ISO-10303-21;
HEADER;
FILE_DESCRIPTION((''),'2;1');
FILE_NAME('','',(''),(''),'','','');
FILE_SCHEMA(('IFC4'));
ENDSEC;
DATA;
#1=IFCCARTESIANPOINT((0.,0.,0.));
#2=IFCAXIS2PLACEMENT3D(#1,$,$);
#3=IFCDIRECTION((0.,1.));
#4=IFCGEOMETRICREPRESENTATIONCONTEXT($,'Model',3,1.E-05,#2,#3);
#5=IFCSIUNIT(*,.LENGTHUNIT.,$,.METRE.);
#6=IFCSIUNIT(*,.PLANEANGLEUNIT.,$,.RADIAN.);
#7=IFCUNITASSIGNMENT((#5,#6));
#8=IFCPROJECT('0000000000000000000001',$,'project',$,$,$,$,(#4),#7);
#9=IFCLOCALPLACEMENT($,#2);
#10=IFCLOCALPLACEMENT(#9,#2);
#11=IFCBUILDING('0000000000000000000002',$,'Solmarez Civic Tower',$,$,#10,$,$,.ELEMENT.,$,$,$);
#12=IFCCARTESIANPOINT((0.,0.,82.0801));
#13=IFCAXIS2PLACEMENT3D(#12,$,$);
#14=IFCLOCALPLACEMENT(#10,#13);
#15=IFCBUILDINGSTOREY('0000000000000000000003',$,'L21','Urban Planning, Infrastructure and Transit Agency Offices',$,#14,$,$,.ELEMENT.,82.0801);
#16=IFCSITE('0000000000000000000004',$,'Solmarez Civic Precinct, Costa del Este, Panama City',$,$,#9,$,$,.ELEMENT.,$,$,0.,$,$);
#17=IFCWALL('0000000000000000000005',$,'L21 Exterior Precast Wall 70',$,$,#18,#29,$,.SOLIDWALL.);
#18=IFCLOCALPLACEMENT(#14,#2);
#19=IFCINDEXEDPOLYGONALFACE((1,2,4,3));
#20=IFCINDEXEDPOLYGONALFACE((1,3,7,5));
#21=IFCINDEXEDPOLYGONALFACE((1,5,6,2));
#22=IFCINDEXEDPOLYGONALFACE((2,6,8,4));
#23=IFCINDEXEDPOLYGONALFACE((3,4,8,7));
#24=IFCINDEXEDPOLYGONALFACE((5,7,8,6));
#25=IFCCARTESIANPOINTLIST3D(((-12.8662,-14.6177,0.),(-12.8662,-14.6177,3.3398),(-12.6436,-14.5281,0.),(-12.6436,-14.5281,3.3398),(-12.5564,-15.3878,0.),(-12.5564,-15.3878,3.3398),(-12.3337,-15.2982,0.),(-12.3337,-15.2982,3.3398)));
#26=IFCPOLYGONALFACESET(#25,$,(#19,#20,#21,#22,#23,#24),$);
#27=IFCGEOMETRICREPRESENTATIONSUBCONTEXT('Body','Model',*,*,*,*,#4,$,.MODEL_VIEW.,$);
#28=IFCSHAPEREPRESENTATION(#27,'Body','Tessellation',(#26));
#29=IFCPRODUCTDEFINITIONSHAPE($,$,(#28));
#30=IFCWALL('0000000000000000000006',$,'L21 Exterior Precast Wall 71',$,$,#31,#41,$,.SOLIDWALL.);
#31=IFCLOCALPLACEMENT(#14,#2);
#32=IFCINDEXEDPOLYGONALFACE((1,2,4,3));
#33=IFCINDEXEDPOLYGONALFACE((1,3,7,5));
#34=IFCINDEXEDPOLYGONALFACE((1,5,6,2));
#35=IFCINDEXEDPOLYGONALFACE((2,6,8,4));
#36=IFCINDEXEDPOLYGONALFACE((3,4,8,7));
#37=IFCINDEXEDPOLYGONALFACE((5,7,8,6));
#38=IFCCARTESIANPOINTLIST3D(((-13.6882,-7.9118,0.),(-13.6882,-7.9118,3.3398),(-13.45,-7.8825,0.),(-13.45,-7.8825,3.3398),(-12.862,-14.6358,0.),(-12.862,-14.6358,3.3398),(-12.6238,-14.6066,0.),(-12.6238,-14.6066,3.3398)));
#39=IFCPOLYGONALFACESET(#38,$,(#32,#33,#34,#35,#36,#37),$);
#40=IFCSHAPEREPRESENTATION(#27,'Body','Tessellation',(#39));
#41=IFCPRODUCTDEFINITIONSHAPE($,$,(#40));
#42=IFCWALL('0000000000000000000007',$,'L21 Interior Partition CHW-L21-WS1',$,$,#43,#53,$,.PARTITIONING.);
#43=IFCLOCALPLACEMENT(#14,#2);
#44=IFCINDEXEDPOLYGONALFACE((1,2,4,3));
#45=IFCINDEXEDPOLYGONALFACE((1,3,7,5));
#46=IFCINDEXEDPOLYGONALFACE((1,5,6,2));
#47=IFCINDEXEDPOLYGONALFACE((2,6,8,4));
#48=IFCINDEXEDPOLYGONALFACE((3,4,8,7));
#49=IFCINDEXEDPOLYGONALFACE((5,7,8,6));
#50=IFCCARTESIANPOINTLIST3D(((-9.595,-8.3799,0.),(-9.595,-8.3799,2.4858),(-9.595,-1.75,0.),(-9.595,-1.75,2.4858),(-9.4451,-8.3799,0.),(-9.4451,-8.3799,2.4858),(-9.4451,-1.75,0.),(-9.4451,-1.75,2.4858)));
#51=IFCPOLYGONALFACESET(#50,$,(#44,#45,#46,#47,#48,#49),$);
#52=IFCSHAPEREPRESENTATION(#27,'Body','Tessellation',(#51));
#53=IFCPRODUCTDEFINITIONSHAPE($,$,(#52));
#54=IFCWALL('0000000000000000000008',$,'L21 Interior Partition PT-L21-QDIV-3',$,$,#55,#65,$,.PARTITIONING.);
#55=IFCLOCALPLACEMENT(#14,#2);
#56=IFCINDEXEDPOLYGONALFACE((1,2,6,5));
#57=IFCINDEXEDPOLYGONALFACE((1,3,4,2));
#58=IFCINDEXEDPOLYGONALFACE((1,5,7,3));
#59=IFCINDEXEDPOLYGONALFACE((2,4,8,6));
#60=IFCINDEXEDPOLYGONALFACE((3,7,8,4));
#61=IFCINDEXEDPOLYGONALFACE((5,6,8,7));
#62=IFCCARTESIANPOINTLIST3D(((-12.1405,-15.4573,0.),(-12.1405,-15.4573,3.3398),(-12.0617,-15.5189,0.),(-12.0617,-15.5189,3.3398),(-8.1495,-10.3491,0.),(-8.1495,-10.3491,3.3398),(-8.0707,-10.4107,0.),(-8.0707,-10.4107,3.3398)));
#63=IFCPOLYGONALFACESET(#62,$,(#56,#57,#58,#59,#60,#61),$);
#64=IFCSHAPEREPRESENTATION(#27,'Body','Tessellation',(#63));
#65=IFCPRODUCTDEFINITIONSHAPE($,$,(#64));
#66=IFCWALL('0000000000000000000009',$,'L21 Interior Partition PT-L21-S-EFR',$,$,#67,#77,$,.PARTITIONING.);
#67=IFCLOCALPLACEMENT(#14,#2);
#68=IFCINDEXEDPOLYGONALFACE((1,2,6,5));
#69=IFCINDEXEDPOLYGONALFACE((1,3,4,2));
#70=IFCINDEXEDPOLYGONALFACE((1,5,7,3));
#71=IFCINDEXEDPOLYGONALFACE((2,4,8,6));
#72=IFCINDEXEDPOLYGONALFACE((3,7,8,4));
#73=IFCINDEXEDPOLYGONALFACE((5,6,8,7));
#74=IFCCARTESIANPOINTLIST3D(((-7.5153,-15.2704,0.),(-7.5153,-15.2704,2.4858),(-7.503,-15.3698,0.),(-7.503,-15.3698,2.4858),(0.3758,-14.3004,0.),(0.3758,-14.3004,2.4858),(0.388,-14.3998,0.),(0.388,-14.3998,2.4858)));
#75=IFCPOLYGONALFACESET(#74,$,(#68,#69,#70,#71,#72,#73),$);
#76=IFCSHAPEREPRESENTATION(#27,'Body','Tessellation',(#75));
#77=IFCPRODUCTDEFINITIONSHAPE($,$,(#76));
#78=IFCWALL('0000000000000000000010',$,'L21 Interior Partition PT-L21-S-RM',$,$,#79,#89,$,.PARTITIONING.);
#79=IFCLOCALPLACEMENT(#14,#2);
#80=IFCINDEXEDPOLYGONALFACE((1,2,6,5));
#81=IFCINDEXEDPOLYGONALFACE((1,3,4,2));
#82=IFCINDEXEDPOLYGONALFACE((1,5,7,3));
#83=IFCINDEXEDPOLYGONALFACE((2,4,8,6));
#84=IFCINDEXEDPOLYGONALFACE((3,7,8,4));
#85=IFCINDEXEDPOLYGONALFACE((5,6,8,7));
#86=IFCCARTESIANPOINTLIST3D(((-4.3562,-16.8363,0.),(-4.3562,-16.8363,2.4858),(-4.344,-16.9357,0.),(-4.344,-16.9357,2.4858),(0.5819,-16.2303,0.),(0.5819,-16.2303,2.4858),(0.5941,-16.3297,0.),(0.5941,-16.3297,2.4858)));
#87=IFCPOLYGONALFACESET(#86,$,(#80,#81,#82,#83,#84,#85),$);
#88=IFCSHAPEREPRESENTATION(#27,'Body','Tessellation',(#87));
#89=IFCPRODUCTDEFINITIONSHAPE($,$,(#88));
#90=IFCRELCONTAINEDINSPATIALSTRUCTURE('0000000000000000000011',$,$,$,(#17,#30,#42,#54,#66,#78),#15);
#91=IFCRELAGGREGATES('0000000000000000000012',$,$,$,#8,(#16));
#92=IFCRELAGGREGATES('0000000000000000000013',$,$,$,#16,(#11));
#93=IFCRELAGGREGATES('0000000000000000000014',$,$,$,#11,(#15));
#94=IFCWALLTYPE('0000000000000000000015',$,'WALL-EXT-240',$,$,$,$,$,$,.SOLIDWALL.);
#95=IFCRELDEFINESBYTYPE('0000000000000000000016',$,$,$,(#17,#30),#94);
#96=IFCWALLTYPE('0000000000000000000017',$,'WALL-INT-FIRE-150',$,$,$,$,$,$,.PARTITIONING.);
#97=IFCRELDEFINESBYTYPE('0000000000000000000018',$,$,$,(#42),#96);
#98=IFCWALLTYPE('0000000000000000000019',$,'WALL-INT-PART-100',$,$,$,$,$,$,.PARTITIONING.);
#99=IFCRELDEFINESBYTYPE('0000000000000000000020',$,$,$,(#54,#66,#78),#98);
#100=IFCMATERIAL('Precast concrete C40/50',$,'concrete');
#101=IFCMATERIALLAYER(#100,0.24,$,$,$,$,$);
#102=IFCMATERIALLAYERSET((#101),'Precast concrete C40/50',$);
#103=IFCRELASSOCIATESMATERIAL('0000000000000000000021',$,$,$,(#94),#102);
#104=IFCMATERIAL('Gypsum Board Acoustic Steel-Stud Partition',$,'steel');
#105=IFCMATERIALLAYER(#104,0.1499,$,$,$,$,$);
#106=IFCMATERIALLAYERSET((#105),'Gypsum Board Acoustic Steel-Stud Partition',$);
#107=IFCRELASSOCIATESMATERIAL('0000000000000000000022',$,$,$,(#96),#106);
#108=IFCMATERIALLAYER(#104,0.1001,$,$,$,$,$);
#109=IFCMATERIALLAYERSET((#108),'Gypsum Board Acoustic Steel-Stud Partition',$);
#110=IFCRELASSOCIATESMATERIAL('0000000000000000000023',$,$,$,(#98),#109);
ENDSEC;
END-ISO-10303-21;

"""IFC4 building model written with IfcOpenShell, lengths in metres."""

from ifc_helpers import new_model, si_unit, direction, frame, frame_2d, origin, place, context, subcontext, project, spatial, rectangle, extrude, material, layer, layer_set, type_object, element, save


model = new_model("IFC4")

# Units and contexts
model_context = context("Model", 3, precision=1e-05, world=origin(), true_north=direction((0.0, 1.0)))
body_context = subcontext(model_context, "Body", "Model", "MODEL_VIEW")
ifc_project = project(units=[si_unit("LENGTHUNIT", "METRE"), si_unit("PLANEANGLEUNIT", "RADIAN")], contexts=[model_context])

# Site, building, storey
site_placement = place(None, origin())
site = spatial("IfcSite", under=ifc_project, at=site_placement, Name="Solmarez Civic Precinct, Costa del Este, Panama City", CompositionType="ELEMENT", RefElevation=0.0)
building_placement = place(site_placement, origin())
building = spatial("IfcBuilding", under=site, at=building_placement, Name="Solmarez Civic Tower", CompositionType="ELEMENT")
storey_placement = place(building_placement, frame((0.0, 0.0, 82.0801)))
storey = spatial("IfcBuildingStorey", under=building, at=storey_placement, Name="L21", Description="Urban Planning, Infrastructure and Transit Agency Offices", CompositionType="ELEMENT", Elevation=82.0801)

# Walls
ifc_material_1 = material(Name="Precast concrete C40/50", Category="concrete")
ifc_layer_1 = layer(ifc_material_1, 0.24)
ifc_layer_set_1 = layer_set([ifc_layer_1], Name="Precast concrete C40/50")
wall_type_1 = type_object("IfcWallType", Name="WALL-EXT-240", PredefinedType="SOLIDWALL", material=ifc_layer_set_1)
wall_1_placement = place(storey_placement, frame((-12.4451, -15.343, 0.0), z_axis=(0.0, 0.0, 1.0), x_axis=(-0.373266, 0.927724, 0.0)))
element("IfcWall", 1, at=wall_1_placement, inside=storey, type_object=wall_type_1, Name="L21 Exterior Precast Wall 70", PredefinedType="SOLIDWALL", context=body_context, shape_type="SweptSolid", body=[
    extrude(rectangle(XDim=0.8301, YDim=0.24, at=frame_2d((0.415, 0.0))), origin(), (0.0, 0.0, 1.0), 3.3398),
])
wall_2_placement = place(storey_placement, frame((-12.7429, -14.6211, 0.0), z_axis=(0.0, 0.0, 1.0), x_axis=(-0.12195, 0.992536, 0.0)))
element("IfcWall", 2, at=wall_2_placement, inside=storey, type_object=wall_type_1, Name="L21 Exterior Precast Wall 71", PredefinedType="SOLIDWALL", context=body_context, shape_type="SweptSolid", body=[
    extrude(rectangle(XDim=6.7747, YDim=0.24, at=frame_2d((3.3872, 0.0))), origin(), (0.0, 0.0, 1.0), 3.3398),
])
ifc_material_2 = material(Name="Gypsum Board Acoustic Steel-Stud Partition", Category="steel")
ifc_layer_2 = layer(ifc_material_2, 0.1499)
ifc_layer_set_2 = layer_set([ifc_layer_2], Name="Gypsum Board Acoustic Steel-Stud Partition")
wall_type_2 = type_object("IfcWallType", Name="WALL-INT-FIRE-150", PredefinedType="PARTITIONING", material=ifc_layer_set_2)
wall_3_placement = place(storey_placement, frame((-9.52, -8.3799, 0.0), z_axis=(0.0, 0.0, 1.0), x_axis=(0.0, 1.0, 0.0)))
element("IfcWall", 3, at=wall_3_placement, inside=storey, type_object=wall_type_2, Name="L21 Interior Partition CHW-L21-WS1", PredefinedType="PARTITIONING", context=body_context, shape_type="SweptSolid", body=[
    extrude(rectangle(XDim=6.6299, YDim=0.1499, at=frame_2d((3.3149, 0.0))), origin(), (0.0, 0.0, 1.0), 2.4858),
])
ifc_layer_3 = layer(ifc_material_2, 0.1001)
ifc_layer_set_3 = layer_set([ifc_layer_3], Name="Gypsum Board Acoustic Steel-Stud Partition")
wall_type_3 = type_object("IfcWallType", Name="WALL-INT-PART-100", PredefinedType="PARTITIONING", material=ifc_layer_set_3)
wall_4_placement = place(storey_placement, frame((-8.1101, -10.3799, 0.0), z_axis=(0.0, 0.0, 1.0), x_axis=(-0.615665, -0.788008, 0.0)))
element("IfcWall", 4, at=wall_4_placement, inside=storey, type_object=wall_type_3, Name="L21 Interior Partition PT-L21-QDIV-3", PredefinedType="PARTITIONING", context=body_context, shape_type="SweptSolid", body=[
    extrude(rectangle(XDim=6.4824, YDim=0.1001, at=frame_2d((3.2412, 0.0))), origin(), (0.0, 0.0, 1.0), 3.3398),
])
wall_5_placement = place(storey_placement, frame((-7.509, -15.3201, 0.0), z_axis=(0.0, 0.0, 1.0), x_axis=(0.99253, 0.122001, 0.0)))
element("IfcWall", 5, at=wall_5_placement, inside=storey, type_object=wall_type_3, Name="L21 Interior Partition PT-L21-S-EFR", PredefinedType="PARTITIONING", context=body_context, shape_type="SweptSolid", body=[
    extrude(rectangle(XDim=7.9504, YDim=0.1001, at=frame_2d((3.9751, 0.0))), origin(), (0.0, 0.0, 1.0), 2.4858),
])
wall_6_placement = place(storey_placement, frame((-4.3501, -16.886, 0.0), z_axis=(0.0, 0.0, 1.0), x_axis=(0.992555, 0.1218, 0.0)))
element("IfcWall", 6, at=wall_6_placement, inside=storey, type_object=wall_type_3, Name="L21 Interior Partition PT-L21-S-RM", PredefinedType="PARTITIONING", context=body_context, shape_type="SweptSolid", body=[
    extrude(rectangle(XDim=4.9751, YDim=0.1001, at=frame_2d((2.4875, 0.0))), origin(), (0.0, 0.0, 1.0), 2.4858),
])

save(model, "model.ifc")
